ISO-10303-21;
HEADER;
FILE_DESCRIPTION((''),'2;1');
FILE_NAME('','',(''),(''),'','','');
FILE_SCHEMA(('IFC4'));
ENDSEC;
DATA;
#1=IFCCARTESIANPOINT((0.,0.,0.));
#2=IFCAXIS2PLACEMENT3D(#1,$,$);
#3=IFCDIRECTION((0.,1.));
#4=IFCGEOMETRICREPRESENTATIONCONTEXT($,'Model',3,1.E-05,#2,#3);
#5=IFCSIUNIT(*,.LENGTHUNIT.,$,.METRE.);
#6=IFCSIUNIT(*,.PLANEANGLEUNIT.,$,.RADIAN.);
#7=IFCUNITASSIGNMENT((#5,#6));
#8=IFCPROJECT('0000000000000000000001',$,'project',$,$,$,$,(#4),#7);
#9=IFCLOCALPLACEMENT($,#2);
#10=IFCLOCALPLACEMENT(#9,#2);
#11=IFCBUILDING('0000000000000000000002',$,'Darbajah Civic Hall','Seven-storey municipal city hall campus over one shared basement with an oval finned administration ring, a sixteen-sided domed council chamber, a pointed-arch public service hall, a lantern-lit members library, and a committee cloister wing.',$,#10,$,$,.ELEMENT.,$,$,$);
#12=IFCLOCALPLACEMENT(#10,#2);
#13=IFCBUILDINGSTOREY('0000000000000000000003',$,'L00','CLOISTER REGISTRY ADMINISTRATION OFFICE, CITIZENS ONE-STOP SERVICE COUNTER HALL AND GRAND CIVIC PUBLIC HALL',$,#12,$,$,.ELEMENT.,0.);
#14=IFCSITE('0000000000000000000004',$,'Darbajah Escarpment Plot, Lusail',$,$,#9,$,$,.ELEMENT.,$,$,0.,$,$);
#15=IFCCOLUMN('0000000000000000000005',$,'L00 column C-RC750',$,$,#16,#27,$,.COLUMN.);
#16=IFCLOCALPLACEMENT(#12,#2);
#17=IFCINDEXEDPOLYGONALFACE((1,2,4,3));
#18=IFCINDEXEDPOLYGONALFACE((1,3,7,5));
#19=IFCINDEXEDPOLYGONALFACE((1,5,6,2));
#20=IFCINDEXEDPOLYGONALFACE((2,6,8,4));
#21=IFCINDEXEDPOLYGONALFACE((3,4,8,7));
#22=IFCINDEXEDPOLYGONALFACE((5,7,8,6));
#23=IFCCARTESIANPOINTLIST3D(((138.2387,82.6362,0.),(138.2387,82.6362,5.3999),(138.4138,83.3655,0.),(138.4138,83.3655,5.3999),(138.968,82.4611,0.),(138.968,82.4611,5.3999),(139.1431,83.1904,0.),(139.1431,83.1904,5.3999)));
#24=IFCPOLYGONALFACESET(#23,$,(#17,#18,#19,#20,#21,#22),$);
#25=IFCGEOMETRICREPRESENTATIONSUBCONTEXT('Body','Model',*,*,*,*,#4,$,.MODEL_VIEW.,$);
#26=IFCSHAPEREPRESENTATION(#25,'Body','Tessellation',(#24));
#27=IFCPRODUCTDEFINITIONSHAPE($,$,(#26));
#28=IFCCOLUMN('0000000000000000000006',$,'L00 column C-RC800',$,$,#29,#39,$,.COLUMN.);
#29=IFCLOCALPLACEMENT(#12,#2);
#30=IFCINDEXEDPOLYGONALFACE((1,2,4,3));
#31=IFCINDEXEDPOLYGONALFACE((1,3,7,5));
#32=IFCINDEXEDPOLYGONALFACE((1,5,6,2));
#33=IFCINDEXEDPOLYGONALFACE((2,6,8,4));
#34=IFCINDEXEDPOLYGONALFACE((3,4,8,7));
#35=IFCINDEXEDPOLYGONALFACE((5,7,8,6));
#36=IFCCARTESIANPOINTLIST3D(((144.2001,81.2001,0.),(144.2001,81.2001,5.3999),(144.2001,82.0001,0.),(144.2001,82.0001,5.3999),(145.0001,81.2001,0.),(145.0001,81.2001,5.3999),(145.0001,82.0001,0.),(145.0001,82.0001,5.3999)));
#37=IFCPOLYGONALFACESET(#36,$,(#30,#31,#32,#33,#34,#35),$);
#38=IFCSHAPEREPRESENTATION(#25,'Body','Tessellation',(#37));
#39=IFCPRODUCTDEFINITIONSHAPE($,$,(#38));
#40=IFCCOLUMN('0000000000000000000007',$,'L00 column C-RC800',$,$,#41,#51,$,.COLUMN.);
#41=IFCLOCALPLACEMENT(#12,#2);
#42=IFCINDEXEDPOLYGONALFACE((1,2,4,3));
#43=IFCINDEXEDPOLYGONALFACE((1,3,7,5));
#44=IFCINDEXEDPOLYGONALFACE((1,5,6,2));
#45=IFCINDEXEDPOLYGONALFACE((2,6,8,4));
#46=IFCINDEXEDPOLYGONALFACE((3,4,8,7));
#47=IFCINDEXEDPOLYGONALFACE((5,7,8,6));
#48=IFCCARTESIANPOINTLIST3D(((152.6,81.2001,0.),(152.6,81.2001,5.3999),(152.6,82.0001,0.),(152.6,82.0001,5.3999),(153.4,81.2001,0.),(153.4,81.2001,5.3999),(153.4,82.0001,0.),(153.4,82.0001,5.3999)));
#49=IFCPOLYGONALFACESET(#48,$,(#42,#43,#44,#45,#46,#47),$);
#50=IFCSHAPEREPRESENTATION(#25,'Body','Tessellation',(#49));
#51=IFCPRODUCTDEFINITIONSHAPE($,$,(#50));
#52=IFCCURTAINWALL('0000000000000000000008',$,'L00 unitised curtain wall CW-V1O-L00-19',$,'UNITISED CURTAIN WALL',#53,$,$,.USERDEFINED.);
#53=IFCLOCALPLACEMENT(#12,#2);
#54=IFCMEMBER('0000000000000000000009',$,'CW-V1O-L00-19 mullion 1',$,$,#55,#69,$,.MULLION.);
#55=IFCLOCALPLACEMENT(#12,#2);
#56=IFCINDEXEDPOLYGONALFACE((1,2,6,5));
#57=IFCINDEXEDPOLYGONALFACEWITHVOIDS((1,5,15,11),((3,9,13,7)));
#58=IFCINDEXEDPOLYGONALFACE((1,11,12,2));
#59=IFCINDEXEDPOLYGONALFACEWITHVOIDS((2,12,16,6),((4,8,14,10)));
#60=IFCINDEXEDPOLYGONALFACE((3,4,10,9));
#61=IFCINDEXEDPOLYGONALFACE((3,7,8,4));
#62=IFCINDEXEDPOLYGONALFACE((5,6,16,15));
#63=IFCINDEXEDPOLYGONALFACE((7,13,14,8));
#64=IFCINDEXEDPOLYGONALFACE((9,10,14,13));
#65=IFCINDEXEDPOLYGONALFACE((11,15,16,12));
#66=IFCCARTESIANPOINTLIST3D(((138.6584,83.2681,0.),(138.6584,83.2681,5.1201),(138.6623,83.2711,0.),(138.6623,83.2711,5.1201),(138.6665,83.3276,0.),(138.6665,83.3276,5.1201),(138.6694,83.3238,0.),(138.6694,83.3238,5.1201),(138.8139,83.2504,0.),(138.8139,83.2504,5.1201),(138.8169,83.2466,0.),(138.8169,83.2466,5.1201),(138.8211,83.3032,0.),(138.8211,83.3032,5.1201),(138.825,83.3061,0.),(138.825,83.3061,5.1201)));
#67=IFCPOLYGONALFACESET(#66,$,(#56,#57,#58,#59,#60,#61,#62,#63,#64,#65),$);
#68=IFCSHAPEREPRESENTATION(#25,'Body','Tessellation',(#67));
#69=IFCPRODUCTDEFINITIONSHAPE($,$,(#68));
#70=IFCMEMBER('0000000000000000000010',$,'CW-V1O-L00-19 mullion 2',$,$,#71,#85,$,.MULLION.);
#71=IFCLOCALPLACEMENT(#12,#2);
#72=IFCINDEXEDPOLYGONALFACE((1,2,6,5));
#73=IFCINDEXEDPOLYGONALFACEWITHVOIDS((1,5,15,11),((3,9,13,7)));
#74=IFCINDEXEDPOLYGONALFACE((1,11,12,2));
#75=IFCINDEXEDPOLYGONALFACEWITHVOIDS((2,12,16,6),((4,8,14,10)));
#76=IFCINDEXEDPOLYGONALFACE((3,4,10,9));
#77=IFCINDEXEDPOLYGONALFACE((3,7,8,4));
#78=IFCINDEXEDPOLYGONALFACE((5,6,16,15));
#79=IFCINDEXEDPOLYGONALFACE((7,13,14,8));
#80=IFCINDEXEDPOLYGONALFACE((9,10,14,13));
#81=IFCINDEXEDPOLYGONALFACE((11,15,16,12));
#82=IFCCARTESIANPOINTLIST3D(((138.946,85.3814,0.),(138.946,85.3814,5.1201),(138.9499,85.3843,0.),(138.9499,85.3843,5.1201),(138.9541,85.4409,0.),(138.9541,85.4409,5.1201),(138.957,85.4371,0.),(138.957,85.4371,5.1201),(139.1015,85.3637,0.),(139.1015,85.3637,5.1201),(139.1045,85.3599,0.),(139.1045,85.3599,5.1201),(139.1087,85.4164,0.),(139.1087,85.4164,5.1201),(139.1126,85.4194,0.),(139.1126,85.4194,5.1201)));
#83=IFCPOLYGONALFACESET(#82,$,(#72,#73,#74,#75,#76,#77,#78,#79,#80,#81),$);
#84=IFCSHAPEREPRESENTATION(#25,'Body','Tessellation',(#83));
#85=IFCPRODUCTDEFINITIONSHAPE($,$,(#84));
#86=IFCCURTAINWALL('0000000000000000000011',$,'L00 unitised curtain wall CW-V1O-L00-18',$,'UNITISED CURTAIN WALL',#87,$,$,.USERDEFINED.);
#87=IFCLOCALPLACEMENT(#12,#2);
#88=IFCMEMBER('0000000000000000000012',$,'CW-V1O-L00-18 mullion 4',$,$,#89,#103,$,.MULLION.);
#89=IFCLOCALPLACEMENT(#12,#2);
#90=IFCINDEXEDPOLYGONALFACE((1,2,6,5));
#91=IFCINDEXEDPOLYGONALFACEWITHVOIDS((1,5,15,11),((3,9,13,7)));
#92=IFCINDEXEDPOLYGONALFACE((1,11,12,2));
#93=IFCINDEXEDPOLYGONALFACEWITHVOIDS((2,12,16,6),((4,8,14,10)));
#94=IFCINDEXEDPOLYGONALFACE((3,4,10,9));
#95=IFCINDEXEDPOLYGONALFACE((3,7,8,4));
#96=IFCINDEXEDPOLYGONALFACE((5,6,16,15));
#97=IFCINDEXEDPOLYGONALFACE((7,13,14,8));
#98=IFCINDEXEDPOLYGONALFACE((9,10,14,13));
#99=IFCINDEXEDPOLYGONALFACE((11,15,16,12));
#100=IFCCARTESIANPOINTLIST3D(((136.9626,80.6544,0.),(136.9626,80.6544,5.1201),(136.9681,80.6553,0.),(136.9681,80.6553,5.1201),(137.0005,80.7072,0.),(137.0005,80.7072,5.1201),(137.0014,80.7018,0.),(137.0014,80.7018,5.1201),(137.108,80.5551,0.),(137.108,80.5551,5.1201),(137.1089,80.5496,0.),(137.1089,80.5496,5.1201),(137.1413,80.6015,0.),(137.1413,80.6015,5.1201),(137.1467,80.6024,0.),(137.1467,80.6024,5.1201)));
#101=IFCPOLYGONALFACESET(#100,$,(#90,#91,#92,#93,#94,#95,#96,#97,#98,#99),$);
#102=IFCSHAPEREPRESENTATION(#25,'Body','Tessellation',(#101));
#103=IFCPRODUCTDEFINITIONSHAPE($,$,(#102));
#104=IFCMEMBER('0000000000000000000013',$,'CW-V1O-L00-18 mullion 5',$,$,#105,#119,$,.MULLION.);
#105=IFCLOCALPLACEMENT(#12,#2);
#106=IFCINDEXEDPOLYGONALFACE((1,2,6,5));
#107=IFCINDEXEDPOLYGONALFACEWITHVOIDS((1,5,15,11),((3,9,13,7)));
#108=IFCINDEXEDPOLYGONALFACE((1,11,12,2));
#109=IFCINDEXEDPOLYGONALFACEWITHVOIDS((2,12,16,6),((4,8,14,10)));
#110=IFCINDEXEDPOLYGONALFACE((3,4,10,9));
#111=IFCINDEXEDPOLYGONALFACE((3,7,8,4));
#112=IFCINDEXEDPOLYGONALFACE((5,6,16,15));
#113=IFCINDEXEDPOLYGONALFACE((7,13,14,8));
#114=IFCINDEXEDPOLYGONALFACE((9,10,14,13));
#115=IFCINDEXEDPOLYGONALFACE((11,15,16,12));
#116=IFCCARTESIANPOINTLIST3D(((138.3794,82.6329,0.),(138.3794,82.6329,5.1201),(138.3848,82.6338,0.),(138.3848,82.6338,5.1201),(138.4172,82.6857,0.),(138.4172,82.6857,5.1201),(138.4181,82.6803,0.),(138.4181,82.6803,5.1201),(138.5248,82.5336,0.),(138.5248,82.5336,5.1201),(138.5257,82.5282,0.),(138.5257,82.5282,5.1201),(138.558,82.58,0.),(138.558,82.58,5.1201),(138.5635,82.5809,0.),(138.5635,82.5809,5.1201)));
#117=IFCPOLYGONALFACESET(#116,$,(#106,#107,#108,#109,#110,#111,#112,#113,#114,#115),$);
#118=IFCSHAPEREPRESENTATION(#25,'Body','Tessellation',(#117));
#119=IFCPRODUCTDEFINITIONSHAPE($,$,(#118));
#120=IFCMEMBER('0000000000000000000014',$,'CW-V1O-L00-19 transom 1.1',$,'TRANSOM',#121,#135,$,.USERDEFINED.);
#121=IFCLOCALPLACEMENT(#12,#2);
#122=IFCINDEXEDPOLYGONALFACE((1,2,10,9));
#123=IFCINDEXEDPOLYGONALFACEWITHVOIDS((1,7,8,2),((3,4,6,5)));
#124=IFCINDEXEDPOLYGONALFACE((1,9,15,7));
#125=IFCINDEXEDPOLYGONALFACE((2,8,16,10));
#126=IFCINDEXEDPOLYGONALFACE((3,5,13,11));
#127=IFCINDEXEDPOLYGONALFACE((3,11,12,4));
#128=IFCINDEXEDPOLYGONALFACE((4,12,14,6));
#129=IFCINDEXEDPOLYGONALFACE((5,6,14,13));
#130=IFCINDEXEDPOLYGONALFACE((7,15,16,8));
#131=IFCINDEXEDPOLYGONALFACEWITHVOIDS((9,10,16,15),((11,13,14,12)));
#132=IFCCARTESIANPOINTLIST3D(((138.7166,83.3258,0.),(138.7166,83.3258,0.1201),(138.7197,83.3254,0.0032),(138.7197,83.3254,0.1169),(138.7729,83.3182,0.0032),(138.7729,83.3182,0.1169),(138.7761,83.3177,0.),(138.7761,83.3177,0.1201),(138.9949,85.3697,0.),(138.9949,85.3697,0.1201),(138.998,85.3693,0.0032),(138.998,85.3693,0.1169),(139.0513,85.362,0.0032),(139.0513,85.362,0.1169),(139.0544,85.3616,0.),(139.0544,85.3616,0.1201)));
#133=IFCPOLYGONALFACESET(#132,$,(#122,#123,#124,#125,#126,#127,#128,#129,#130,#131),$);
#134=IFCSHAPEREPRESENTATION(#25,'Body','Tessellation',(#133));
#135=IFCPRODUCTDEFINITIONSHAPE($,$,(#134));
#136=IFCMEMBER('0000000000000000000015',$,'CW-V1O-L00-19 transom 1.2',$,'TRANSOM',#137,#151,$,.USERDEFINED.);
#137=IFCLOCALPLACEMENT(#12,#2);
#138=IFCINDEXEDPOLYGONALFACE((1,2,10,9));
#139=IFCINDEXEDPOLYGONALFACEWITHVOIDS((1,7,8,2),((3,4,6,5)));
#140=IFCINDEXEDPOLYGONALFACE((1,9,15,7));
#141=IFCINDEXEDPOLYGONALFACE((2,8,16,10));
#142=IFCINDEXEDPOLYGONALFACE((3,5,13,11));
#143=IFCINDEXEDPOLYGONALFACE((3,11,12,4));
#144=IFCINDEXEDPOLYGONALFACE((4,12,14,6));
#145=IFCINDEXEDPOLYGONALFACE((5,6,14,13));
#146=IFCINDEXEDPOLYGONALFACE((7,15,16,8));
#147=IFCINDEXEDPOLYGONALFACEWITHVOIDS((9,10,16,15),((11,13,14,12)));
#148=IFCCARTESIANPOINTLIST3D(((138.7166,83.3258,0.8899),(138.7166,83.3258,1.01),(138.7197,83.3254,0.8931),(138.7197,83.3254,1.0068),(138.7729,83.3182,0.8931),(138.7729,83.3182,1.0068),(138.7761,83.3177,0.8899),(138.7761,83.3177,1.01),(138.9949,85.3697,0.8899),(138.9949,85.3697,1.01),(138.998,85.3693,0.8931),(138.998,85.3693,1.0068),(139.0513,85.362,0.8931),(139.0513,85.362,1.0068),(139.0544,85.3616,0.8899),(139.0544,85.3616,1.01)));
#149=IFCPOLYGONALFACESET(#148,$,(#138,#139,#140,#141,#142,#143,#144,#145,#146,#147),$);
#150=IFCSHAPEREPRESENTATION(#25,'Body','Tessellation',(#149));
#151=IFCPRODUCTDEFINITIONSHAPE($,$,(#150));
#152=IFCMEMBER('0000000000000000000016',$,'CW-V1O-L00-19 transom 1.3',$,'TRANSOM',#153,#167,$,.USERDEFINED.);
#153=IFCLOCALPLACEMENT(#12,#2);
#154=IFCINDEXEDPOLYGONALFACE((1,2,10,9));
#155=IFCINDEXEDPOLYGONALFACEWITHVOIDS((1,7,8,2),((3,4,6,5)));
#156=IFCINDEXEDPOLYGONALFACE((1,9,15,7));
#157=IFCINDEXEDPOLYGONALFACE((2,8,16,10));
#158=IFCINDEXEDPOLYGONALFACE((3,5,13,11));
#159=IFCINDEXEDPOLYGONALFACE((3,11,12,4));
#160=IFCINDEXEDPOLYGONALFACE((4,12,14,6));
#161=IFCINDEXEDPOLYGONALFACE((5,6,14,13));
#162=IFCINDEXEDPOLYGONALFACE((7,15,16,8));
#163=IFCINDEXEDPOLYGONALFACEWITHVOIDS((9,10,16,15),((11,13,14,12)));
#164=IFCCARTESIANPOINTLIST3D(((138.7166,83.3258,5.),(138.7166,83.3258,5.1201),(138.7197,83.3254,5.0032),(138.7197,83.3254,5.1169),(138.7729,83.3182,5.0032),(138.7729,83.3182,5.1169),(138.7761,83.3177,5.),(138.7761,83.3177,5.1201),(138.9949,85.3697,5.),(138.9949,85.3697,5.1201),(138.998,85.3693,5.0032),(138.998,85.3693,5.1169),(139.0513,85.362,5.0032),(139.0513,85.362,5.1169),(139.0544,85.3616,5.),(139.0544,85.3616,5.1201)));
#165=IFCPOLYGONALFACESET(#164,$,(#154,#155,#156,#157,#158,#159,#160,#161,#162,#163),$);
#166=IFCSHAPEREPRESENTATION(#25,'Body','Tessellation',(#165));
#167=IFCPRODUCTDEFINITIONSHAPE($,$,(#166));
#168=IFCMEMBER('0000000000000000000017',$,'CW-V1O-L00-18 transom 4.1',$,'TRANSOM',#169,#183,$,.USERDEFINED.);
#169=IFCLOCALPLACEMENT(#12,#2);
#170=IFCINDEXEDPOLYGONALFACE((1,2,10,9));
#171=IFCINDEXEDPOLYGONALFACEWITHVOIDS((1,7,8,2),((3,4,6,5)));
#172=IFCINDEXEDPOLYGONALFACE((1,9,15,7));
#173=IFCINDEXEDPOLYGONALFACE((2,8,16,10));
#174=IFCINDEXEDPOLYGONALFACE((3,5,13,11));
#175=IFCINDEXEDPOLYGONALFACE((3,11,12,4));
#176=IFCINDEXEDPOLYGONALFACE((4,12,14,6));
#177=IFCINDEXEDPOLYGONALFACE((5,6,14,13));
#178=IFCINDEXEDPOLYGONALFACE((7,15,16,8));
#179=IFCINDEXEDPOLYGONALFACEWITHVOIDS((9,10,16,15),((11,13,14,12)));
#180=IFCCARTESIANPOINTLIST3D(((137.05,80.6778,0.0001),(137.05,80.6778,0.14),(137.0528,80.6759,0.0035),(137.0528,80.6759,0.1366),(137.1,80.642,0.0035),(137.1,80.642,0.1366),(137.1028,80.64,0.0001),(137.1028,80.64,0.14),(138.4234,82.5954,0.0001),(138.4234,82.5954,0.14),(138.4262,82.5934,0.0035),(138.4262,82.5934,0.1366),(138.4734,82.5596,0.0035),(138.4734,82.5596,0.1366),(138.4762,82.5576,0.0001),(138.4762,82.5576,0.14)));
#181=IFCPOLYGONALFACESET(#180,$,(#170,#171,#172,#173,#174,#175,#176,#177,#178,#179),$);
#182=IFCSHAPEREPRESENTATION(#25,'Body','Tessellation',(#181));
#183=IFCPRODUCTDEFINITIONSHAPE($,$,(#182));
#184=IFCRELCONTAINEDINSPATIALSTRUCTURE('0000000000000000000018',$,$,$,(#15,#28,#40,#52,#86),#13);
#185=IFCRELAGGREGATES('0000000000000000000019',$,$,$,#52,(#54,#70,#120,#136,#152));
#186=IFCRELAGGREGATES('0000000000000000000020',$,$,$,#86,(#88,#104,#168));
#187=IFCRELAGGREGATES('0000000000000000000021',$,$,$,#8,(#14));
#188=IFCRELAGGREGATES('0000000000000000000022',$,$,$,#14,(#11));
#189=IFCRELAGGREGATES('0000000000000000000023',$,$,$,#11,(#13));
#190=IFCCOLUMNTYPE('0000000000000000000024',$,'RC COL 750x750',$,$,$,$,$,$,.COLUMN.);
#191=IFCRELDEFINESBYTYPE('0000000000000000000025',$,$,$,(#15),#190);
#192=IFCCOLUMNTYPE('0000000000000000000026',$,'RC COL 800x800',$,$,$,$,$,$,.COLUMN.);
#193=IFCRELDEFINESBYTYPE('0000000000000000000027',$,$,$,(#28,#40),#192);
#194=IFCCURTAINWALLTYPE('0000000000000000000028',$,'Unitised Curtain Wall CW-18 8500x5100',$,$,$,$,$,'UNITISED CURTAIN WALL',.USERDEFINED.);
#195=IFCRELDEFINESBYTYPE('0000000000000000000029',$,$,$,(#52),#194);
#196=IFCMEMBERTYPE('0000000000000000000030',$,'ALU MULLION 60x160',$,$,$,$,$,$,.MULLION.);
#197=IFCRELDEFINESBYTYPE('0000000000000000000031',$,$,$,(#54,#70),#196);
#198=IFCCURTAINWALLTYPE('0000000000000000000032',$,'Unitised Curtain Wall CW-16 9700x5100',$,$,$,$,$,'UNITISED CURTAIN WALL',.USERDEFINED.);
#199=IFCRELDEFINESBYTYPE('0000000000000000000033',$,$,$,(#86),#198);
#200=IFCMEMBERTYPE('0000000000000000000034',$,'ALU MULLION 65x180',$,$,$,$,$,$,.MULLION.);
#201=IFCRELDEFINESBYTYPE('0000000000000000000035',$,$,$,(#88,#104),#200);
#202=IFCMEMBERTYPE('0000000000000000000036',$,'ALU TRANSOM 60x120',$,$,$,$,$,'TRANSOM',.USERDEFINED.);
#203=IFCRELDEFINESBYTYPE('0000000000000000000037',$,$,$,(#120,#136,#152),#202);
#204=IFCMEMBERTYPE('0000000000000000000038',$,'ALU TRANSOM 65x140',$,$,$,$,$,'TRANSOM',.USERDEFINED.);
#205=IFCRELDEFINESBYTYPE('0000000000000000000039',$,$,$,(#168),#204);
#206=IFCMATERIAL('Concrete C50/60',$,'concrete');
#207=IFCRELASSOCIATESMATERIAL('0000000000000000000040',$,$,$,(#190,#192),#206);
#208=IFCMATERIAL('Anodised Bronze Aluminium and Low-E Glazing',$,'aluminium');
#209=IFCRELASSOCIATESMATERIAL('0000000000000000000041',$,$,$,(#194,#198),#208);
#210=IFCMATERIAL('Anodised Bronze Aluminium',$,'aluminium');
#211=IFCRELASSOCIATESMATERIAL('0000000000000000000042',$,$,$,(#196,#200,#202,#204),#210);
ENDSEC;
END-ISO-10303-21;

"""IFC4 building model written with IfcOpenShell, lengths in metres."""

from ifc_helpers import new_model, si_unit, direction, frame, origin, origin_2d, place, context, subcontext, project, spatial, rectangle, hollow_rectangle, extrude, material, material_profile, profile_set, type_object, element, aggregate, save


model = new_model("IFC4")

# Units and contexts
model_context = context("Model", 3, precision=1e-05, world=origin(), true_north=direction((0.0, 1.0)))
body_context = subcontext(model_context, "Body", "Model", "MODEL_VIEW")
ifc_project = project(units=[si_unit("LENGTHUNIT", "METRE"), si_unit("PLANEANGLEUNIT", "RADIAN")], contexts=[model_context])

# Site, building, storey
site_placement = place(None, origin())
site = spatial("IfcSite", under=ifc_project, at=site_placement, Name="Darbajah Escarpment Plot, Lusail", CompositionType="ELEMENT", RefElevation=0.0)
building_placement = place(site_placement, origin())
building = spatial("IfcBuilding", under=site, at=building_placement, Name="Darbajah Civic Hall", Description="Seven-storey municipal city hall campus over one shared basement with an oval finned administration ring, a sixteen-sided domed council chamber, a pointed-arch public service hall, a lantern-lit members library, and a committee cloister wing.", CompositionType="ELEMENT")
storey_placement = place(building_placement, origin())
storey = spatial("IfcBuildingStorey", under=building, at=storey_placement, Name="L00", Description="CLOISTER REGISTRY ADMINISTRATION OFFICE, CITIZENS ONE-STOP SERVICE COUNTER HALL AND GRAND CIVIC PUBLIC HALL", CompositionType="ELEMENT", Elevation=0.0)

# Columns
ifc_material_1 = material(Name="Concrete C50/60", Category="concrete")
ifc_material_profile_1 = material_profile(ifc_material_1, rectangle(XDim=0.75, YDim=0.75, at=origin_2d()), Name="RC COL 750x750")
ifc_profile_set_1 = profile_set([ifc_material_profile_1], Name="Concrete C50/60")
column_type_1 = type_object("IfcColumnType", Name="RC COL 750x750", PredefinedType="COLUMN", material=ifc_profile_set_1)
column_placement = place(storey_placement, frame((138.6909, 82.9133, 0.0), z_axis=(0.0, 0.0, 1.0), x_axis=(0.97237, -0.233445, 0.0)))
element("IfcColumn", 1, at=column_placement, inside=storey, type_object=column_type_1, Name="L00 column C-RC750", PredefinedType="COLUMN", context=body_context, shape_type="SweptSolid", body=[
    extrude(rectangle(XDim=0.75, YDim=0.75, at=origin_2d()), origin(), (0.0, 0.0, 1.0), 5.3999),
])
ifc_material_profile_2 = material_profile(ifc_material_1, rectangle(XDim=0.8, YDim=0.8, at=origin_2d()), Name="RC COL 800x800")
ifc_profile_set_2 = profile_set([ifc_material_profile_2], Name="Concrete C50/60")
column_type_2 = type_object("IfcColumnType", Name="RC COL 800x800", PredefinedType="COLUMN", material=ifc_profile_set_2)
for number, where, z_axis, x_axis, name in (
    (2, (144.6001, 81.6001, 0.0), (0.0, 0.0, 1.0), (1.0, 0.0, 0.0), "L00 column C-RC800"),
    (3, (153.0, 81.6001, 0.0), (0.0, 0.0, 1.0), (1.0, 0.0, 0.0), "L00 column C-RC800"),
):
    element("IfcColumn", number, at=place(storey_placement, frame(where, z_axis=z_axis, x_axis=x_axis)), inside=storey, type_object=column_type_2, Name=name, PredefinedType="COLUMN", context=body_context, shape_type="SweptSolid", body=[
        extrude(rectangle(XDim=0.8, YDim=0.8, at=origin_2d()), origin(), (0.0, 0.0, 1.0), 5.3999),
    ])

# Curtain walls, members
ifc_material_2 = material(Name="Anodised Bronze Aluminium and Low-E Glazing", Category="aluminium")
curtain_wall_type_1 = type_object("IfcCurtainWallType", Name="Unitised Curtain Wall CW-18 8500x5100", ElementType="UNITISED CURTAIN WALL", PredefinedType="USERDEFINED", material=ifc_material_2)
curtain_wall_1_placement = place(storey_placement, origin())
curtain_wall_1 = element("IfcCurtainWall", 4, at=curtain_wall_1_placement, inside=storey, type_object=curtain_wall_type_1, Name="L00 unitised curtain wall CW-V1O-L00-19", ObjectType="UNITISED CURTAIN WALL", PredefinedType="USERDEFINED")
ifc_material_3 = material(Name="Anodised Bronze Aluminium", Category="aluminium")
ifc_material_profile_3 = material_profile(ifc_material_3, hollow_rectangle(XDim=0.0601, YDim=0.1599, WallThickness=0.0034, at=origin_2d()), Name="ALU MULLION 60x160")
ifc_profile_set_3 = profile_set([ifc_material_profile_3], Name="Anodised Bronze Aluminium")
member_type_1 = type_object("IfcMemberType", Name="ALU MULLION 60x160", PredefinedType="MULLION", material=ifc_profile_set_3)
member_1_placement = place(storey_placement, frame((138.7417, 83.2871, 0.0), z_axis=(0.0, 0.0, 1.0), x_axis=(0.134851, 0.990866, 0.0)))
member_1 = element("IfcMember", 5, at=member_1_placement, type_object=member_type_1, Name="CW-V1O-L00-19 mullion 1", PredefinedType="MULLION", context=body_context, shape_type="SweptSolid", body=[
    extrude(hollow_rectangle(XDim=0.0601, YDim=0.1599, WallThickness=0.0034, at=origin_2d()), origin(), (0.0, 0.0, 1.0), 5.1201),
])
member_2_placement = place(storey_placement, frame((139.0293, 85.4004, 0.0), z_axis=(0.0, 0.0, 1.0), x_axis=(0.134851, 0.990866, 0.0)))
member_2 = element("IfcMember", 6, at=member_2_placement, type_object=member_type_1, Name="CW-V1O-L00-19 mullion 2", PredefinedType="MULLION", context=body_context, shape_type="SweptSolid", body=[
    extrude(hollow_rectangle(XDim=0.0601, YDim=0.1599, WallThickness=0.0034, at=origin_2d()), origin(), (0.0, 0.0, 1.0), 5.1201),
])
curtain_wall_type_2 = type_object("IfcCurtainWallType", Name="Unitised Curtain Wall CW-16 9700x5100", ElementType="UNITISED CURTAIN WALL", PredefinedType="USERDEFINED", material=ifc_material_2)
curtain_wall_2_placement = place(storey_placement, origin())
curtain_wall_2 = element("IfcCurtainWall", 7, at=curtain_wall_2_placement, inside=storey, type_object=curtain_wall_type_2, Name="L00 unitised curtain wall CW-V1O-L00-18", ObjectType="UNITISED CURTAIN WALL", PredefinedType="USERDEFINED")
ifc_material_profile_4 = material_profile(ifc_material_3, hollow_rectangle(XDim=0.0649, YDim=0.1799, WallThickness=0.0039, at=origin_2d()), Name="ALU MULLION 65x180")
ifc_profile_set_4 = profile_set([ifc_material_profile_4], Name="Anodised Bronze Aluminium")
member_type_2 = type_object("IfcMemberType", Name="ALU MULLION 65x180", PredefinedType="MULLION", material=ifc_profile_set_4)
member_3_placement = place(storey_placement, frame((137.0547, 80.6284, 0.0), z_axis=(0.0, 0.0, 1.0), x_axis=(0.582265, 0.812999, 0.0)))
member_3 = element("IfcMember", 8, at=member_3_placement, type_object=member_type_2, Name="CW-V1O-L00-18 mullion 4", PredefinedType="MULLION", context=body_context, shape_type="SweptSolid", body=[
    extrude(hollow_rectangle(XDim=0.0649, YDim=0.1799, WallThickness=0.0039, at=origin_2d()), origin(), (0.0, 0.0, 1.0), 5.1201),
])
member_4_placement = place(storey_placement, frame((138.4714, 82.6069, 0.0), z_axis=(0.0, 0.0, 1.0), x_axis=(0.582265, 0.812999, 0.0)))
member_4 = element("IfcMember", 9, at=member_4_placement, type_object=member_type_2, Name="CW-V1O-L00-18 mullion 5", PredefinedType="MULLION", context=body_context, shape_type="SweptSolid", body=[
    extrude(hollow_rectangle(XDim=0.0649, YDim=0.1799, WallThickness=0.0039, at=origin_2d()), origin(), (0.0, 0.0, 1.0), 5.1201),
])

# Members
ifc_material_profile_5 = material_profile(ifc_material_3, hollow_rectangle(XDim=0.0601, YDim=0.1201, WallThickness=0.0032, at=origin_2d()), Name="ALU TRANSOM 60x120")
ifc_profile_set_5 = profile_set([ifc_material_profile_5], Name="Anodised Bronze Aluminium")
member_type_3 = type_object("IfcMemberType", Name="ALU TRANSOM 60x120", ElementType="TRANSOM", PredefinedType="USERDEFINED", material=ifc_profile_set_5)
member_5_placement = place(storey_placement, frame((138.7463, 83.3218, 0.0601), z_axis=(0.134923, 0.990856, 0.0), x_axis=(-0.990856, 0.134923, 0.0)))
member_5 = element("IfcMember", 10, at=member_5_placement, type_object=member_type_3, Name="CW-V1O-L00-19 transom 1.1", ObjectType="TRANSOM", PredefinedType="USERDEFINED", context=body_context, shape_type="SweptSolid", body=[
    extrude(hollow_rectangle(XDim=0.0601, YDim=0.1201, WallThickness=0.0032, at=origin_2d()), origin(), (0.0, 0.0, 1.0), 2.0627),
])
member_6_placement = place(storey_placement, frame((138.7463, 83.3218, 0.95), z_axis=(0.134923, 0.990856, 0.0), x_axis=(-0.990856, 0.134923, 0.0)))
member_6 = element("IfcMember", 11, at=member_6_placement, type_object=member_type_3, Name="CW-V1O-L00-19 transom 1.2", ObjectType="TRANSOM", PredefinedType="USERDEFINED", context=body_context, shape_type="SweptSolid", body=[
    extrude(hollow_rectangle(XDim=0.0601, YDim=0.1201, WallThickness=0.0032, at=origin_2d()), origin(), (0.0, 0.0, 1.0), 2.0627),
])
member_7_placement = place(storey_placement, frame((138.7463, 83.3218, 5.0601), z_axis=(0.134923, 0.990856, 0.0), x_axis=(-0.990856, 0.134923, 0.0)))
member_7 = element("IfcMember", 12, at=member_7_placement, type_object=member_type_3, Name="CW-V1O-L00-19 transom 1.3", ObjectType="TRANSOM", PredefinedType="USERDEFINED", context=body_context, shape_type="SweptSolid", body=[
    extrude(hollow_rectangle(XDim=0.0601, YDim=0.1201, WallThickness=0.0032, at=origin_2d()), origin(), (0.0, 0.0, 1.0), 2.0627),
])
ifc_material_profile_6 = material_profile(ifc_material_3, hollow_rectangle(XDim=0.0649, YDim=0.1399, WallThickness=0.0034, at=origin_2d()), Name="ALU TRANSOM 65x140")
ifc_profile_set_6 = profile_set([ifc_material_profile_6], Name="Anodised Bronze Aluminium")
member_type_4 = type_object("IfcMemberType", Name="ALU TRANSOM 65x140", ElementType="TRANSOM", PredefinedType="USERDEFINED", material=ifc_profile_set_6)
member_8_placement = place(storey_placement, frame((137.0764, 80.6589, 0.0701), z_axis=(0.582266, 0.812998, 0.0), x_axis=(-0.812998, 0.582266, 0.0)))
member_8 = element("IfcMember", 13, at=member_8_placement, type_object=member_type_4, Name="CW-V1O-L00-18 transom 4.1", ObjectType="TRANSOM", PredefinedType="USERDEFINED", context=body_context, shape_type="SweptSolid", body=[
    extrude(hollow_rectangle(XDim=0.0649, YDim=0.1399, WallThickness=0.0034, at=origin_2d()), origin(), (0.0, 0.0, 1.0), 2.3586),
])

aggregate(curtain_wall_1, [member_1, member_2, member_5, member_6, member_7])
aggregate(curtain_wall_2, [member_3, member_4, member_8])

save(model, "model.ifc")
